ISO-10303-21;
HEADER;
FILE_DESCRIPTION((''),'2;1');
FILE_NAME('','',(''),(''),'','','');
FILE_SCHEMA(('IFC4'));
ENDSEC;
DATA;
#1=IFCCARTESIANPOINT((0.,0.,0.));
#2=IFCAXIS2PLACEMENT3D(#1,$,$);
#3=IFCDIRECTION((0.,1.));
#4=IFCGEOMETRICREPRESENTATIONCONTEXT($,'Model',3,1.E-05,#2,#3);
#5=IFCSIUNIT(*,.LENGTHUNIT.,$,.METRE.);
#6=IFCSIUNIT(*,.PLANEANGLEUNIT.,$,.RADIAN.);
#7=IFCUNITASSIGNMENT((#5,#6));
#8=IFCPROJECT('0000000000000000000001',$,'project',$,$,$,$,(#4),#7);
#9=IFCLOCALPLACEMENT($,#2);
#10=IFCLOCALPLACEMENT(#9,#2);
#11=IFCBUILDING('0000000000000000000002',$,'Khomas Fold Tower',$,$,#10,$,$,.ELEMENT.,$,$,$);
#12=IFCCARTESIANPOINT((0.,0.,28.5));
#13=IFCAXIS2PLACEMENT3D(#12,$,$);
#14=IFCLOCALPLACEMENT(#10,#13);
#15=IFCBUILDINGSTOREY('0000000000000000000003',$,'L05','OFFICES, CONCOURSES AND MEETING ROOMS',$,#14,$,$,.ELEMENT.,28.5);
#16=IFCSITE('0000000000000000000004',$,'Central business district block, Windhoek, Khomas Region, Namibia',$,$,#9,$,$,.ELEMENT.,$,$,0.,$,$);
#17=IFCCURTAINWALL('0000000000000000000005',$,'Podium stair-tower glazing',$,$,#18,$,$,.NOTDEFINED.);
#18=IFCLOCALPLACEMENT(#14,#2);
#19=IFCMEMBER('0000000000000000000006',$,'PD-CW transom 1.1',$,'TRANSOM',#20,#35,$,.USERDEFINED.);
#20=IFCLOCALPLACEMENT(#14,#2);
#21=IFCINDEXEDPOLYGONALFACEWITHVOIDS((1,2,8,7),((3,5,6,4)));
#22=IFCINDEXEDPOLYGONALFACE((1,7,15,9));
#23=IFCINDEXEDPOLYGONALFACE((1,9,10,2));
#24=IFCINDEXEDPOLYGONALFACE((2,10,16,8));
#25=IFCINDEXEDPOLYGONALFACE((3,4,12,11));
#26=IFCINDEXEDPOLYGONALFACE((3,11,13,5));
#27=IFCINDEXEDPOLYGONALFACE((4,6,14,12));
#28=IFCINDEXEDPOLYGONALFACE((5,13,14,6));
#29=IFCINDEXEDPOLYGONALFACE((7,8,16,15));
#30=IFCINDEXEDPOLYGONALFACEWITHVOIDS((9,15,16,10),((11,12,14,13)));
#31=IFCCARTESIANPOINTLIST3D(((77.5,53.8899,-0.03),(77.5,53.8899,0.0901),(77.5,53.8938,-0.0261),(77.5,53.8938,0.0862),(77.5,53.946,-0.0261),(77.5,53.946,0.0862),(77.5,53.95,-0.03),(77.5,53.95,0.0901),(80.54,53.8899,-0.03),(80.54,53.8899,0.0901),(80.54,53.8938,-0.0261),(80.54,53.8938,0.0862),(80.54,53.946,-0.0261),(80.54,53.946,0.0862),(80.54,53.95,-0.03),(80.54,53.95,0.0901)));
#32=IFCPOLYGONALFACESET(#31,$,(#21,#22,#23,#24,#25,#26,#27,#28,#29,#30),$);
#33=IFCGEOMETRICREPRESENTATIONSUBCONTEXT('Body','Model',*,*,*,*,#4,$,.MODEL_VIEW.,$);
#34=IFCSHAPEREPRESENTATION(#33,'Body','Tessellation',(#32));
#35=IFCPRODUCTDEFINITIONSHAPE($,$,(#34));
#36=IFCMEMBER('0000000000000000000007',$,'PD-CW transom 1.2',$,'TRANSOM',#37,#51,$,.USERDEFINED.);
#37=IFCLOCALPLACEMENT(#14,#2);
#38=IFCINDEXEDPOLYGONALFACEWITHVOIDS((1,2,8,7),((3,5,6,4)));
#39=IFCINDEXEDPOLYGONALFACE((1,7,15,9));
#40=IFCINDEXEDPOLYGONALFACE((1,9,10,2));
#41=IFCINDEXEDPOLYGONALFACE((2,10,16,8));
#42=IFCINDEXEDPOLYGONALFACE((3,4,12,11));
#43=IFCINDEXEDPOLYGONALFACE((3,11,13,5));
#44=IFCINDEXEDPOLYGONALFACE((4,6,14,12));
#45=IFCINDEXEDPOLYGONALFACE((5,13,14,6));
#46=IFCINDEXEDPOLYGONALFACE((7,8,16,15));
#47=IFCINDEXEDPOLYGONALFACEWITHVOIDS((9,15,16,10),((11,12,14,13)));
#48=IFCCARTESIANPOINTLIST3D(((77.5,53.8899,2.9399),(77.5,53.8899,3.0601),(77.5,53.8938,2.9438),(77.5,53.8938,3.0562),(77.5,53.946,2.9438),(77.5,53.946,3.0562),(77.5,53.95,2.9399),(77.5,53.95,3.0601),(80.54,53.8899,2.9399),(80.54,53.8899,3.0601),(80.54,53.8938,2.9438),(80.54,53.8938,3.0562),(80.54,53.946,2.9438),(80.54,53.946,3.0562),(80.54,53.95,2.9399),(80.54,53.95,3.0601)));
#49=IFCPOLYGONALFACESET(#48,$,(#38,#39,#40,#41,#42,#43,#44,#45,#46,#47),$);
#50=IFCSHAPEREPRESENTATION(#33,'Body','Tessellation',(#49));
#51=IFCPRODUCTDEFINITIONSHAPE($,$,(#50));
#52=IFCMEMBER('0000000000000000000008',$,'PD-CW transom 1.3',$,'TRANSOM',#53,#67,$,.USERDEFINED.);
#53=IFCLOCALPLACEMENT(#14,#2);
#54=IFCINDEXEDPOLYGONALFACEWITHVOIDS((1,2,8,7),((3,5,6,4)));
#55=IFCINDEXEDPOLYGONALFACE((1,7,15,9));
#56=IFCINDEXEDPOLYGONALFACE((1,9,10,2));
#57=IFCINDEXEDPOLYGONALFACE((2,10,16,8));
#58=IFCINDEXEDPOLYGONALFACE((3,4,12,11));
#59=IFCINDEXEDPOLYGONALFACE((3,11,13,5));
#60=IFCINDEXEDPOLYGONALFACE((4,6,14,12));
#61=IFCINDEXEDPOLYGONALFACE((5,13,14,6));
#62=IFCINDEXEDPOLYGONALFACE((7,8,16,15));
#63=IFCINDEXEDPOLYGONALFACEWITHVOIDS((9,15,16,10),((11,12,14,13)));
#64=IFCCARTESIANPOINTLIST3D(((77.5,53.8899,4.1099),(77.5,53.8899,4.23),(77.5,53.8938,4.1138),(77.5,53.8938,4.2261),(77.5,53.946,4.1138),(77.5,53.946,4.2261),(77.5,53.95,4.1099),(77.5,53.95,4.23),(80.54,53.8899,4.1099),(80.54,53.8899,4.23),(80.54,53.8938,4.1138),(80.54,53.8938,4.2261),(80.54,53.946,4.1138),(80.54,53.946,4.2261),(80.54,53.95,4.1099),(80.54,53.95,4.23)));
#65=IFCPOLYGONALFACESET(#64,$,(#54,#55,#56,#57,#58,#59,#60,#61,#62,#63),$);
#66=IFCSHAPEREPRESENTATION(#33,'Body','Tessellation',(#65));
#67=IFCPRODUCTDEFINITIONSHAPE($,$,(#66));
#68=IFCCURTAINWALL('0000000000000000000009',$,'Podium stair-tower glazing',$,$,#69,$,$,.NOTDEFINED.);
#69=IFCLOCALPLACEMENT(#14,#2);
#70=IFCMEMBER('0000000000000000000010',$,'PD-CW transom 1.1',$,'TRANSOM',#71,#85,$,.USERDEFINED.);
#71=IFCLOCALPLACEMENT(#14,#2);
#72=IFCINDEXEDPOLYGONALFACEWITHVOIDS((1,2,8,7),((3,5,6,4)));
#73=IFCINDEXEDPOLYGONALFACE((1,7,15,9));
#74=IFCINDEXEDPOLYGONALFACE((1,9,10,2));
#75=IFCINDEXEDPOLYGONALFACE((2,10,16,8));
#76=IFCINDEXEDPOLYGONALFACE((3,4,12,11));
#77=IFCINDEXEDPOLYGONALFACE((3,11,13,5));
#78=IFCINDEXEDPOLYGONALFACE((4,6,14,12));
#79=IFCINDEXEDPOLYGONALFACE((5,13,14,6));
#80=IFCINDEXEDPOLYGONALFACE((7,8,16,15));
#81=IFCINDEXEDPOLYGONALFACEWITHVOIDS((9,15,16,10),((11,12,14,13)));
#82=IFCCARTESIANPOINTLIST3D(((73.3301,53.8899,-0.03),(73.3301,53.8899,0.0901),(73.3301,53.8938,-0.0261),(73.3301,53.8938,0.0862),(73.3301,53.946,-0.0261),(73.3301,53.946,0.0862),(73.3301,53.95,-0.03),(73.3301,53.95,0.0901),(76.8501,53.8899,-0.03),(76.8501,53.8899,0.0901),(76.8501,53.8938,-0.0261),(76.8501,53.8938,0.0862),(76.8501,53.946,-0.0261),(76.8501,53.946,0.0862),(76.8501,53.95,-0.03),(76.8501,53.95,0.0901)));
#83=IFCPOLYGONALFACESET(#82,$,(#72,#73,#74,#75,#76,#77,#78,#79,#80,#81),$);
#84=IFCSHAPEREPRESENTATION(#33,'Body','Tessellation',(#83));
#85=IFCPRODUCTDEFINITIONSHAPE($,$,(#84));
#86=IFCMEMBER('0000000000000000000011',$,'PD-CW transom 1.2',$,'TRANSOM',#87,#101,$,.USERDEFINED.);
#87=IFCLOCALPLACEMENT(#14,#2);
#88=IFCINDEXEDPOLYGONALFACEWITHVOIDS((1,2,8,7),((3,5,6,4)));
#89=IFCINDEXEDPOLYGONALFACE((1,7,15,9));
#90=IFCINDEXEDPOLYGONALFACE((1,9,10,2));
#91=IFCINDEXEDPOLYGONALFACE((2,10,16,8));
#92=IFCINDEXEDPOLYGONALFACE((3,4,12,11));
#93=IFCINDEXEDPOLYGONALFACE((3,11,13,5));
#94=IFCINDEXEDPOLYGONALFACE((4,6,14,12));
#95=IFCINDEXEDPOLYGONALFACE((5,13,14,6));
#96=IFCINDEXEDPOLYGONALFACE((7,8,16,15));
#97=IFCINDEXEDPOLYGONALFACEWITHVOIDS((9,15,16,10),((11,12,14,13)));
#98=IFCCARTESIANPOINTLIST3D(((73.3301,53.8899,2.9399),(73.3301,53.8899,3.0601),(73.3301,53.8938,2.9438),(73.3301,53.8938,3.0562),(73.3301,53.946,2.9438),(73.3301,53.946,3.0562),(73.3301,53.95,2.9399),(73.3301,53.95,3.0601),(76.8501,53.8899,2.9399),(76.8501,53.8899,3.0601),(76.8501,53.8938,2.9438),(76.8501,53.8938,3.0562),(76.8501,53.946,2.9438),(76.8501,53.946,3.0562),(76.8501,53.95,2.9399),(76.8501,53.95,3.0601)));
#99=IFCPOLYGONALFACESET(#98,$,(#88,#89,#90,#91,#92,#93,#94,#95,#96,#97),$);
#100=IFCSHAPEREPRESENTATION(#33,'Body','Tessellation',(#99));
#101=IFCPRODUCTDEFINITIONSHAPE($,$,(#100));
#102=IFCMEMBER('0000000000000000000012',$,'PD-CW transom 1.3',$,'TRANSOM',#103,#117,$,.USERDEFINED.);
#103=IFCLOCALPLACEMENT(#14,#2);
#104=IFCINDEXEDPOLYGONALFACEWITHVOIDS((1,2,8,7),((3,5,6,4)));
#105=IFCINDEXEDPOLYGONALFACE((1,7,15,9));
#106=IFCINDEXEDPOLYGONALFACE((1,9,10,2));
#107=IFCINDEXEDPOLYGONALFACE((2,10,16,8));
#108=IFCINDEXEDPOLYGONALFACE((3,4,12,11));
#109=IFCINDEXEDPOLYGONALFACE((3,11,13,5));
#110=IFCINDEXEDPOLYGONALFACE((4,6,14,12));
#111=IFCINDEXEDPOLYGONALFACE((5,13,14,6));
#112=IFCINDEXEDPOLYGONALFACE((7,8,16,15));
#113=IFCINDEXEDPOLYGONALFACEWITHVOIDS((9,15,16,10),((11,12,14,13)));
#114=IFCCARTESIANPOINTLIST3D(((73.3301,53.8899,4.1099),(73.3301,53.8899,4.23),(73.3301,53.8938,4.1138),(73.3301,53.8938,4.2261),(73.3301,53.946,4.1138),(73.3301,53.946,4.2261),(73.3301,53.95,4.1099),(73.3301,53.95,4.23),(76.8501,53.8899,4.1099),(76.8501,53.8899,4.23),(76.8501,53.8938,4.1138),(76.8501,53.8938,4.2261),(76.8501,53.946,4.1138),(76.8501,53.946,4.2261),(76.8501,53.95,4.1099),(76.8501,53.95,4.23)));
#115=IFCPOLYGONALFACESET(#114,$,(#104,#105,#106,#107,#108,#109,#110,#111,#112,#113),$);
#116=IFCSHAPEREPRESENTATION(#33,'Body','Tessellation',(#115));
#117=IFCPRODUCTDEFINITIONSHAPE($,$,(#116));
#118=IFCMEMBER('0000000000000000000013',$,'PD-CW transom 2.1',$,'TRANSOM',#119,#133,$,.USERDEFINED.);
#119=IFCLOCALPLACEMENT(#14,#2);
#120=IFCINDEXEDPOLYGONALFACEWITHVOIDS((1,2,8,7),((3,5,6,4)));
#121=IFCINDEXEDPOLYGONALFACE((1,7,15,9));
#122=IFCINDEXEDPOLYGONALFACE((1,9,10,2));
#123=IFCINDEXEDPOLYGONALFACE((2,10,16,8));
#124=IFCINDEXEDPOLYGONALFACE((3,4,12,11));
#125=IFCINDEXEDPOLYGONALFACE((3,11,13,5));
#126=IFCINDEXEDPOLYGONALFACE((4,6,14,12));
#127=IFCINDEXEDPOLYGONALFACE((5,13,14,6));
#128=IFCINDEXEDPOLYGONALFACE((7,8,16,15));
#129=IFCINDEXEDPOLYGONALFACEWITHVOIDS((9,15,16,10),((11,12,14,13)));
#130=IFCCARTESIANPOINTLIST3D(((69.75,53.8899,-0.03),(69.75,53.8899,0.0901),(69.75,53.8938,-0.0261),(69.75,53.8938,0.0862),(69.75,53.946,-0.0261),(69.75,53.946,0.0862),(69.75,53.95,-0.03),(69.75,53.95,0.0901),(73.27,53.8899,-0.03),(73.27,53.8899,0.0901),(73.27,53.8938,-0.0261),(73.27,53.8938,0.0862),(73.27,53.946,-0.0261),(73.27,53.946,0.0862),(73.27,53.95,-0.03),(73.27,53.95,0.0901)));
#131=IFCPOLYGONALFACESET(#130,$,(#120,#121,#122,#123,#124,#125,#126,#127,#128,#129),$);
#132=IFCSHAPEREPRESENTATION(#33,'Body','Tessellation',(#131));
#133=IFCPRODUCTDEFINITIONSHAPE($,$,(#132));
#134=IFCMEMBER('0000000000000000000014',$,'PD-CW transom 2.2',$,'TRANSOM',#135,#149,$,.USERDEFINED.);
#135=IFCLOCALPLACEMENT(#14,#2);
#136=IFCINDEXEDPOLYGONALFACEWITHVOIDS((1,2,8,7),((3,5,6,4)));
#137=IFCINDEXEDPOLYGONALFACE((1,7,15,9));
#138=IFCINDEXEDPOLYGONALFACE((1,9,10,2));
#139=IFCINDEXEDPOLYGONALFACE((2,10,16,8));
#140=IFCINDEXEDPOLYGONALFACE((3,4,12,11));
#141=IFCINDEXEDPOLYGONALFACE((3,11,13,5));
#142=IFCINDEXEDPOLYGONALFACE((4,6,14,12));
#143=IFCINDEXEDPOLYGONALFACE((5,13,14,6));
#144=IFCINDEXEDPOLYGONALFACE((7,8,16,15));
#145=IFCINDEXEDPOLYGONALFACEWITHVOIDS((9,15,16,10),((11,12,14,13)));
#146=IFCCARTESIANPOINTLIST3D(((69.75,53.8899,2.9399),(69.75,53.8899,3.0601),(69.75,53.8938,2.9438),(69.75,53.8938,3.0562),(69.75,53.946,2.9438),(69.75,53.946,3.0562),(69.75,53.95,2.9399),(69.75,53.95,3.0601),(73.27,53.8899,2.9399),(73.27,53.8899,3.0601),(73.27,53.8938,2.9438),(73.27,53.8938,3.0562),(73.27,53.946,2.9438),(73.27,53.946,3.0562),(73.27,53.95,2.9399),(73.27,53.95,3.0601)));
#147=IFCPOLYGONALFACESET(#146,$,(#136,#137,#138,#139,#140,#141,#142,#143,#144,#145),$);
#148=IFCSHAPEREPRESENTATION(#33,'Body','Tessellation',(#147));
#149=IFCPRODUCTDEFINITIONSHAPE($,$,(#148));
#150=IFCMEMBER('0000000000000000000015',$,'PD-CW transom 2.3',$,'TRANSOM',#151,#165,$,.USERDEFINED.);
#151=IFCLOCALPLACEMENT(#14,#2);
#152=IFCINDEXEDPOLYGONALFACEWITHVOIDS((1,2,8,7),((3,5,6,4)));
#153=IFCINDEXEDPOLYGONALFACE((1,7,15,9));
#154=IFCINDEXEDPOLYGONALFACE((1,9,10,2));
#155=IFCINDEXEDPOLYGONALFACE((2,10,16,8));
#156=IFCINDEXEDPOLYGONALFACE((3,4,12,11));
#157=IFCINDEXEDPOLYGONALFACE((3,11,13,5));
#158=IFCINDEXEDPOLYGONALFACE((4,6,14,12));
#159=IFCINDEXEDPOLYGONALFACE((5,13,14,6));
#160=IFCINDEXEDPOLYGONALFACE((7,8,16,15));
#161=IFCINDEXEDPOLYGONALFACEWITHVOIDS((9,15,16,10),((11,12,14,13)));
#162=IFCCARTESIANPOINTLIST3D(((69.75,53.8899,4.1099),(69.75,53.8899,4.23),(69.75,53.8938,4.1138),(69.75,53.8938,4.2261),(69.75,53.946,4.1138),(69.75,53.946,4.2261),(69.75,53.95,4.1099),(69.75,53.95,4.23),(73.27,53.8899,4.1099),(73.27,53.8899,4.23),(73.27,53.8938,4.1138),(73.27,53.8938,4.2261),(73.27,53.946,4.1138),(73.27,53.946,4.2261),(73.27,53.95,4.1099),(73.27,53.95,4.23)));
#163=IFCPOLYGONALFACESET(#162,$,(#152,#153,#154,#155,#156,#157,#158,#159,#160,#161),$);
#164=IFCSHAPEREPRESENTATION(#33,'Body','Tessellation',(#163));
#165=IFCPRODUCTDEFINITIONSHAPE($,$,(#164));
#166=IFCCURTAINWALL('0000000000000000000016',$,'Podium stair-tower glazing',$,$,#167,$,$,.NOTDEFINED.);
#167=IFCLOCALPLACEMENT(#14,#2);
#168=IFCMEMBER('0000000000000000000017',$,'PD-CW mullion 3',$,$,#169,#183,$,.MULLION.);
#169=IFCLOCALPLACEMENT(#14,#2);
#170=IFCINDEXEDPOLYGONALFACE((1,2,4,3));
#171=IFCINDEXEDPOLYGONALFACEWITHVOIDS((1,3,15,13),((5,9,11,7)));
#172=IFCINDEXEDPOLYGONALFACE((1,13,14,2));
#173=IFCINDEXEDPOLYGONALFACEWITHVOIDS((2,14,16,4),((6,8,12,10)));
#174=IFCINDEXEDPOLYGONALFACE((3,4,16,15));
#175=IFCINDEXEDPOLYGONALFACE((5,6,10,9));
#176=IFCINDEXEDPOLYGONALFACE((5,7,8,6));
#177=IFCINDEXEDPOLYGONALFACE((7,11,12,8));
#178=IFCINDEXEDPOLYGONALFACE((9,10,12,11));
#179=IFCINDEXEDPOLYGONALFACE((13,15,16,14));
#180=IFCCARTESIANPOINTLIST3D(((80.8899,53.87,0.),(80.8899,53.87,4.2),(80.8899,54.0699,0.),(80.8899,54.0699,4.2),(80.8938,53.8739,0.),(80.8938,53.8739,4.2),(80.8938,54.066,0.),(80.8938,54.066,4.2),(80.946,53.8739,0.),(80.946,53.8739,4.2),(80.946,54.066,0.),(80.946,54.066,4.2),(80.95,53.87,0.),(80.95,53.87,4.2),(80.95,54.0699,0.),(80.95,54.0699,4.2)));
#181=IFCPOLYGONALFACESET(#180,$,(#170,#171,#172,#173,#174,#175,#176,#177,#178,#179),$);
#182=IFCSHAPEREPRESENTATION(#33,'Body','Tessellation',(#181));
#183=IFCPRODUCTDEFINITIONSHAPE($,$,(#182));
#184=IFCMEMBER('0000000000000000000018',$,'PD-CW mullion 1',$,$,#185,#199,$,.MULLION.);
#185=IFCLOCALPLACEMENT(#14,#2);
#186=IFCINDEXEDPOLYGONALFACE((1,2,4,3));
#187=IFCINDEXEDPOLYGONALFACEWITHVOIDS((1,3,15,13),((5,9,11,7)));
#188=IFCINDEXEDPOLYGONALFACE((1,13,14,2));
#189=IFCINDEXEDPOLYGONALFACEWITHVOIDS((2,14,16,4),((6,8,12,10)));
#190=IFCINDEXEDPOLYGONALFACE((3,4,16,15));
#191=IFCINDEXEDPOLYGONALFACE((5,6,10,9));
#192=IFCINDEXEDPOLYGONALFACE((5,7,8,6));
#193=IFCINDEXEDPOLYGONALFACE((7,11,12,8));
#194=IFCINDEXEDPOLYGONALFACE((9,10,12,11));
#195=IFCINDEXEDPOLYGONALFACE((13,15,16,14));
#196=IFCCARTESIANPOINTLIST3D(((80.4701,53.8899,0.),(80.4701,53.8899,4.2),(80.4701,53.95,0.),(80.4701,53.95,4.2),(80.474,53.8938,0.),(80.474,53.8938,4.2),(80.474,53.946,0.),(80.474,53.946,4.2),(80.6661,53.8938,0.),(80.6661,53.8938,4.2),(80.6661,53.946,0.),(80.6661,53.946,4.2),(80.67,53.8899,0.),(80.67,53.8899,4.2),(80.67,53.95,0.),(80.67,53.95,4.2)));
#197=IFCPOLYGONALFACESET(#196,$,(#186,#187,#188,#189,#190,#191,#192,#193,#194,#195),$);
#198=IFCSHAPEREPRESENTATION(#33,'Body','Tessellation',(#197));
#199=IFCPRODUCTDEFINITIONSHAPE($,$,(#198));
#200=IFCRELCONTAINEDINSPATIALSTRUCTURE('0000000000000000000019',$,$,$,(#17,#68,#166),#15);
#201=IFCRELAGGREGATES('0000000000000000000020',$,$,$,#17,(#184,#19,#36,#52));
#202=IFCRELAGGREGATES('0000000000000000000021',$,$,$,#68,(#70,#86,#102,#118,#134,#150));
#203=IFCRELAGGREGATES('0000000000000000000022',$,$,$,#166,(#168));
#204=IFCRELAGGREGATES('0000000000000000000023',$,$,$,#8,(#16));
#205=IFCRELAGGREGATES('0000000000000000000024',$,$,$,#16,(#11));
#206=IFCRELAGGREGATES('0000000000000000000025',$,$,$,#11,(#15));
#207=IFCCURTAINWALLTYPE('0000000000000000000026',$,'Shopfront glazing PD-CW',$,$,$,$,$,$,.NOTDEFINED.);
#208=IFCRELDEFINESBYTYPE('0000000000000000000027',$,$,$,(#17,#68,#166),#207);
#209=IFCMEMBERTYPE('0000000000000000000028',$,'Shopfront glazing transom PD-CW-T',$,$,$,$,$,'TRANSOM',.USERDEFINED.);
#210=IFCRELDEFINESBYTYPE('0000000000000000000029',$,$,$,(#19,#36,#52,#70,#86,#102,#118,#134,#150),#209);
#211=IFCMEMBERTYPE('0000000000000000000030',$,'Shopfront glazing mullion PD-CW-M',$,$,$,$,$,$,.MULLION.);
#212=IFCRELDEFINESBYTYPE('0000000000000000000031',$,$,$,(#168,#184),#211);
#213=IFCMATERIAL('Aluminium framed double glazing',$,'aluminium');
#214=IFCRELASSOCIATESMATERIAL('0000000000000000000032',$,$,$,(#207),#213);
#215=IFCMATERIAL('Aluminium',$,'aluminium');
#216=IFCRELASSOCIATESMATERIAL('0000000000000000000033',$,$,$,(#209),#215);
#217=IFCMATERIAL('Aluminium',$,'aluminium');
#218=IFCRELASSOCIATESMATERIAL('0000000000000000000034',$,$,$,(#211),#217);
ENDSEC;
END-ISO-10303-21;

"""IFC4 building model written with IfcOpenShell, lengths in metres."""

from ifc_helpers import new_model, si_unit, direction, frame, origin, origin_2d, place, context, subcontext, project, spatial, hollow_rectangle, extrude, source, transform, mapped, material, material_profile, profile_set, type_object, element, aggregate, save


model = new_model("IFC4")

# Units and contexts
model_context = context("Model", 3, precision=1e-05, world=origin(), true_north=direction((0.0, 1.0)))
body_context = subcontext(model_context, "Body", "Model", "MODEL_VIEW")
ifc_project = project(units=[si_unit("LENGTHUNIT", "METRE"), si_unit("PLANEANGLEUNIT", "RADIAN")], contexts=[model_context])

# Site, building, storey
site_placement = place(None, origin())
site = spatial("IfcSite", under=ifc_project, at=site_placement, Name="Central business district block, Windhoek, Khomas Region, Namibia", CompositionType="ELEMENT", RefElevation=0.0)
building_placement = place(site_placement, origin())
building = spatial("IfcBuilding", under=site, at=building_placement, Name="Khomas Fold Tower", CompositionType="ELEMENT")
storey_placement = place(building_placement, frame((0.0, 0.0, 28.5)))
storey = spatial("IfcBuildingStorey", under=building, at=storey_placement, Name="L05", Description="OFFICES, CONCOURSES AND MEETING ROOMS", CompositionType="ELEMENT", Elevation=28.5)

# Curtain walls, members
ifc_material_1 = material(Name="Aluminium framed double glazing", Category="aluminium")
curtain_wall_type = type_object("IfcCurtainWallType", Name="Shopfront glazing PD-CW", PredefinedType="NOTDEFINED", material=ifc_material_1)
curtain_wall_1_placement = place(storey_placement, origin())
curtain_wall_1 = element("IfcCurtainWall", 1, at=curtain_wall_1_placement, inside=storey, type_object=curtain_wall_type, Name="Podium stair-tower glazing", PredefinedType="NOTDEFINED")
ifc_material_2 = material(Name="Aluminium", Category="aluminium")
ifc_material_profile_1 = material_profile(ifc_material_2, hollow_rectangle(XDim=0.0601, YDim=0.1201, WallThickness=0.0039, at=origin_2d()), Name="Shopfront glazing transom PD-CW-T")
ifc_profile_set_1 = profile_set([ifc_material_profile_1], Name="Aluminium")
member_type_1 = type_object("IfcMemberType", Name="Shopfront glazing transom PD-CW-T", ElementType="TRANSOM", PredefinedType="USERDEFINED", material=ifc_profile_set_1)
shared_shape_1 = source(origin(), body_context, "Body", "SweptSolid", [
    extrude(hollow_rectangle(XDim=0.0601, YDim=0.1201, WallThickness=0.0039, at=origin_2d()), origin(), (0.0, 0.0, 1.0), 3.04),
])
member_1_placement = place(storey_placement, frame((80.54, 53.9199, 0.03), z_axis=(-1.0, 0.0, 0.0), x_axis=(0.0, -1.0, 0.0)))
member_1 = element("IfcMember", 2, at=member_1_placement, type_object=member_type_1, Name="PD-CW transom 1.1", ObjectType="TRANSOM", PredefinedType="USERDEFINED", context=body_context, shape_type="MappedRepresentation", body=[
    mapped(shared_shape_1, transform((0.0, 0.0, 0.0))),
])
member_2_placement = place(storey_placement, frame((80.54, 53.9199, 3.0), z_axis=(-1.0, 0.0, 0.0), x_axis=(0.0, -1.0, 0.0)))
member_2 = element("IfcMember", 3, at=member_2_placement, type_object=member_type_1, Name="PD-CW transom 1.2", ObjectType="TRANSOM", PredefinedType="USERDEFINED", context=body_context, shape_type="MappedRepresentation", body=[
    mapped(shared_shape_1, transform((0.0, 0.0, 0.0))),
])
member_3_placement = place(storey_placement, frame((80.54, 53.9199, 4.1699), z_axis=(-1.0, 0.0, 0.0), x_axis=(0.0, -1.0, 0.0)))
member_3 = element("IfcMember", 4, at=member_3_placement, type_object=member_type_1, Name="PD-CW transom 1.3", ObjectType="TRANSOM", PredefinedType="USERDEFINED", context=body_context, shape_type="MappedRepresentation", body=[
    mapped(shared_shape_1, transform((0.0, 0.0, 0.0))),
])
curtain_wall_2_placement = place(storey_placement, origin())
curtain_wall_2 = element("IfcCurtainWall", 5, at=curtain_wall_2_placement, inside=storey, type_object=curtain_wall_type, Name="Podium stair-tower glazing", PredefinedType="NOTDEFINED")
shared_shape_2 = source(origin(), body_context, "Body", "SweptSolid", [
    extrude(hollow_rectangle(XDim=0.0601, YDim=0.1201, WallThickness=0.0039, at=origin_2d()), origin(), (0.0, 0.0, 1.0), 3.52),
])
member_4_placement = place(storey_placement, frame((76.8501, 53.9199, 0.03), z_axis=(-1.0, 0.0, 0.0), x_axis=(0.0, -1.0, 0.0)))
member_4 = element("IfcMember", 6, at=member_4_placement, type_object=member_type_1, Name="PD-CW transom 1.1", ObjectType="TRANSOM", PredefinedType="USERDEFINED", context=body_context, shape_type="MappedRepresentation", body=[
    mapped(shared_shape_2, transform((0.0, 0.0, 0.0))),
])
member_5_placement = place(storey_placement, frame((76.8501, 53.9199, 3.0), z_axis=(-1.0, 0.0, 0.0), x_axis=(0.0, -1.0, 0.0)))
member_5 = element("IfcMember", 7, at=member_5_placement, type_object=member_type_1, Name="PD-CW transom 1.2", ObjectType="TRANSOM", PredefinedType="USERDEFINED", context=body_context, shape_type="MappedRepresentation", body=[
    mapped(shared_shape_2, transform((0.0, 0.0, 0.0))),
])
member_6_placement = place(storey_placement, frame((76.8501, 53.9199, 4.1699), z_axis=(-1.0, 0.0, 0.0), x_axis=(0.0, -1.0, 0.0)))
member_6 = element("IfcMember", 8, at=member_6_placement, type_object=member_type_1, Name="PD-CW transom 1.3", ObjectType="TRANSOM", PredefinedType="USERDEFINED", context=body_context, shape_type="MappedRepresentation", body=[
    mapped(shared_shape_2, transform((0.0, 0.0, 0.0))),
])
member_7_placement = place(storey_placement, frame((73.27, 53.9199, 0.03), z_axis=(-1.0, 0.0, 0.0), x_axis=(0.0, -1.0, 0.0)))
member_7 = element("IfcMember", 9, at=member_7_placement, type_object=member_type_1, Name="PD-CW transom 2.1", ObjectType="TRANSOM", PredefinedType="USERDEFINED", context=body_context, shape_type="MappedRepresentation", body=[
    mapped(shared_shape_2, transform((0.0, 0.0, 0.0))),
])
member_8_placement = place(storey_placement, frame((73.27, 53.9199, 3.0), z_axis=(-1.0, 0.0, 0.0), x_axis=(0.0, -1.0, 0.0)))
member_8 = element("IfcMember", 10, at=member_8_placement, type_object=member_type_1, Name="PD-CW transom 2.2", ObjectType="TRANSOM", PredefinedType="USERDEFINED", context=body_context, shape_type="MappedRepresentation", body=[
    mapped(shared_shape_2, transform((0.0, 0.0, 0.0))),
])
member_9_placement = place(storey_placement, frame((73.27, 53.9199, 4.1699), z_axis=(-1.0, 0.0, 0.0), x_axis=(0.0, -1.0, 0.0)))
member_9 = element("IfcMember", 11, at=member_9_placement, type_object=member_type_1, Name="PD-CW transom 2.3", ObjectType="TRANSOM", PredefinedType="USERDEFINED", context=body_context, shape_type="MappedRepresentation", body=[
    mapped(shared_shape_2, transform((0.0, 0.0, 0.0))),
])

# Curtain wall, member
curtain_wall_3_placement = place(storey_placement, origin())
curtain_wall_3 = element("IfcCurtainWall", 12, at=curtain_wall_3_placement, inside=storey, type_object=curtain_wall_type, Name="Podium stair-tower glazing", PredefinedType="NOTDEFINED")
ifc_material_3 = material(Name="Aluminium", Category="aluminium")
ifc_material_profile_2 = material_profile(ifc_material_3, hollow_rectangle(XDim=0.0601, YDim=0.2, WallThickness=0.0039, at=origin_2d()), Name="Shopfront glazing mullion PD-CW-M")
ifc_profile_set_2 = profile_set([ifc_material_profile_2], Name="Aluminium")
member_type_2 = type_object("IfcMemberType", Name="Shopfront glazing mullion PD-CW-M", PredefinedType="MULLION", material=ifc_profile_set_2)
shared_shape_3 = source(origin(), body_context, "Body", "SweptSolid", [
    extrude(hollow_rectangle(XDim=0.0601, YDim=0.2, WallThickness=0.0039, at=origin_2d()), origin(), (0.0, 0.0, 1.0), 4.2),
])
member_10_placement = place(storey_placement, frame((80.9199, 53.97, 0.0), z_axis=(0.0, 0.0, 1.0), x_axis=(-1.0, 0.0, 0.0)))
member_10 = element("IfcMember", 13, at=member_10_placement, type_object=member_type_2, Name="PD-CW mullion 3", PredefinedType="MULLION", context=body_context, shape_type="MappedRepresentation", body=[
    mapped(shared_shape_3, transform((0.0, 0.0, 0.0))),
])

# Member
member_11_placement = place(storey_placement, frame((80.5701, 53.9199, 0.0), z_axis=(0.0, 0.0, 1.0), x_axis=(0.0, -1.0, 0.0)))
member_11 = element("IfcMember", 14, at=member_11_placement, type_object=member_type_2, Name="PD-CW mullion 1", PredefinedType="MULLION", context=body_context, shape_type="MappedRepresentation", body=[
    mapped(shared_shape_3, transform((0.0, 0.0, 0.0))),
])

aggregate(curtain_wall_1, [member_11, member_1, member_2, member_3])
aggregate(curtain_wall_2, [member_4, member_5, member_6, member_7, member_8, member_9])
aggregate(curtain_wall_3, [member_10])

save(model, "model.ifc")
